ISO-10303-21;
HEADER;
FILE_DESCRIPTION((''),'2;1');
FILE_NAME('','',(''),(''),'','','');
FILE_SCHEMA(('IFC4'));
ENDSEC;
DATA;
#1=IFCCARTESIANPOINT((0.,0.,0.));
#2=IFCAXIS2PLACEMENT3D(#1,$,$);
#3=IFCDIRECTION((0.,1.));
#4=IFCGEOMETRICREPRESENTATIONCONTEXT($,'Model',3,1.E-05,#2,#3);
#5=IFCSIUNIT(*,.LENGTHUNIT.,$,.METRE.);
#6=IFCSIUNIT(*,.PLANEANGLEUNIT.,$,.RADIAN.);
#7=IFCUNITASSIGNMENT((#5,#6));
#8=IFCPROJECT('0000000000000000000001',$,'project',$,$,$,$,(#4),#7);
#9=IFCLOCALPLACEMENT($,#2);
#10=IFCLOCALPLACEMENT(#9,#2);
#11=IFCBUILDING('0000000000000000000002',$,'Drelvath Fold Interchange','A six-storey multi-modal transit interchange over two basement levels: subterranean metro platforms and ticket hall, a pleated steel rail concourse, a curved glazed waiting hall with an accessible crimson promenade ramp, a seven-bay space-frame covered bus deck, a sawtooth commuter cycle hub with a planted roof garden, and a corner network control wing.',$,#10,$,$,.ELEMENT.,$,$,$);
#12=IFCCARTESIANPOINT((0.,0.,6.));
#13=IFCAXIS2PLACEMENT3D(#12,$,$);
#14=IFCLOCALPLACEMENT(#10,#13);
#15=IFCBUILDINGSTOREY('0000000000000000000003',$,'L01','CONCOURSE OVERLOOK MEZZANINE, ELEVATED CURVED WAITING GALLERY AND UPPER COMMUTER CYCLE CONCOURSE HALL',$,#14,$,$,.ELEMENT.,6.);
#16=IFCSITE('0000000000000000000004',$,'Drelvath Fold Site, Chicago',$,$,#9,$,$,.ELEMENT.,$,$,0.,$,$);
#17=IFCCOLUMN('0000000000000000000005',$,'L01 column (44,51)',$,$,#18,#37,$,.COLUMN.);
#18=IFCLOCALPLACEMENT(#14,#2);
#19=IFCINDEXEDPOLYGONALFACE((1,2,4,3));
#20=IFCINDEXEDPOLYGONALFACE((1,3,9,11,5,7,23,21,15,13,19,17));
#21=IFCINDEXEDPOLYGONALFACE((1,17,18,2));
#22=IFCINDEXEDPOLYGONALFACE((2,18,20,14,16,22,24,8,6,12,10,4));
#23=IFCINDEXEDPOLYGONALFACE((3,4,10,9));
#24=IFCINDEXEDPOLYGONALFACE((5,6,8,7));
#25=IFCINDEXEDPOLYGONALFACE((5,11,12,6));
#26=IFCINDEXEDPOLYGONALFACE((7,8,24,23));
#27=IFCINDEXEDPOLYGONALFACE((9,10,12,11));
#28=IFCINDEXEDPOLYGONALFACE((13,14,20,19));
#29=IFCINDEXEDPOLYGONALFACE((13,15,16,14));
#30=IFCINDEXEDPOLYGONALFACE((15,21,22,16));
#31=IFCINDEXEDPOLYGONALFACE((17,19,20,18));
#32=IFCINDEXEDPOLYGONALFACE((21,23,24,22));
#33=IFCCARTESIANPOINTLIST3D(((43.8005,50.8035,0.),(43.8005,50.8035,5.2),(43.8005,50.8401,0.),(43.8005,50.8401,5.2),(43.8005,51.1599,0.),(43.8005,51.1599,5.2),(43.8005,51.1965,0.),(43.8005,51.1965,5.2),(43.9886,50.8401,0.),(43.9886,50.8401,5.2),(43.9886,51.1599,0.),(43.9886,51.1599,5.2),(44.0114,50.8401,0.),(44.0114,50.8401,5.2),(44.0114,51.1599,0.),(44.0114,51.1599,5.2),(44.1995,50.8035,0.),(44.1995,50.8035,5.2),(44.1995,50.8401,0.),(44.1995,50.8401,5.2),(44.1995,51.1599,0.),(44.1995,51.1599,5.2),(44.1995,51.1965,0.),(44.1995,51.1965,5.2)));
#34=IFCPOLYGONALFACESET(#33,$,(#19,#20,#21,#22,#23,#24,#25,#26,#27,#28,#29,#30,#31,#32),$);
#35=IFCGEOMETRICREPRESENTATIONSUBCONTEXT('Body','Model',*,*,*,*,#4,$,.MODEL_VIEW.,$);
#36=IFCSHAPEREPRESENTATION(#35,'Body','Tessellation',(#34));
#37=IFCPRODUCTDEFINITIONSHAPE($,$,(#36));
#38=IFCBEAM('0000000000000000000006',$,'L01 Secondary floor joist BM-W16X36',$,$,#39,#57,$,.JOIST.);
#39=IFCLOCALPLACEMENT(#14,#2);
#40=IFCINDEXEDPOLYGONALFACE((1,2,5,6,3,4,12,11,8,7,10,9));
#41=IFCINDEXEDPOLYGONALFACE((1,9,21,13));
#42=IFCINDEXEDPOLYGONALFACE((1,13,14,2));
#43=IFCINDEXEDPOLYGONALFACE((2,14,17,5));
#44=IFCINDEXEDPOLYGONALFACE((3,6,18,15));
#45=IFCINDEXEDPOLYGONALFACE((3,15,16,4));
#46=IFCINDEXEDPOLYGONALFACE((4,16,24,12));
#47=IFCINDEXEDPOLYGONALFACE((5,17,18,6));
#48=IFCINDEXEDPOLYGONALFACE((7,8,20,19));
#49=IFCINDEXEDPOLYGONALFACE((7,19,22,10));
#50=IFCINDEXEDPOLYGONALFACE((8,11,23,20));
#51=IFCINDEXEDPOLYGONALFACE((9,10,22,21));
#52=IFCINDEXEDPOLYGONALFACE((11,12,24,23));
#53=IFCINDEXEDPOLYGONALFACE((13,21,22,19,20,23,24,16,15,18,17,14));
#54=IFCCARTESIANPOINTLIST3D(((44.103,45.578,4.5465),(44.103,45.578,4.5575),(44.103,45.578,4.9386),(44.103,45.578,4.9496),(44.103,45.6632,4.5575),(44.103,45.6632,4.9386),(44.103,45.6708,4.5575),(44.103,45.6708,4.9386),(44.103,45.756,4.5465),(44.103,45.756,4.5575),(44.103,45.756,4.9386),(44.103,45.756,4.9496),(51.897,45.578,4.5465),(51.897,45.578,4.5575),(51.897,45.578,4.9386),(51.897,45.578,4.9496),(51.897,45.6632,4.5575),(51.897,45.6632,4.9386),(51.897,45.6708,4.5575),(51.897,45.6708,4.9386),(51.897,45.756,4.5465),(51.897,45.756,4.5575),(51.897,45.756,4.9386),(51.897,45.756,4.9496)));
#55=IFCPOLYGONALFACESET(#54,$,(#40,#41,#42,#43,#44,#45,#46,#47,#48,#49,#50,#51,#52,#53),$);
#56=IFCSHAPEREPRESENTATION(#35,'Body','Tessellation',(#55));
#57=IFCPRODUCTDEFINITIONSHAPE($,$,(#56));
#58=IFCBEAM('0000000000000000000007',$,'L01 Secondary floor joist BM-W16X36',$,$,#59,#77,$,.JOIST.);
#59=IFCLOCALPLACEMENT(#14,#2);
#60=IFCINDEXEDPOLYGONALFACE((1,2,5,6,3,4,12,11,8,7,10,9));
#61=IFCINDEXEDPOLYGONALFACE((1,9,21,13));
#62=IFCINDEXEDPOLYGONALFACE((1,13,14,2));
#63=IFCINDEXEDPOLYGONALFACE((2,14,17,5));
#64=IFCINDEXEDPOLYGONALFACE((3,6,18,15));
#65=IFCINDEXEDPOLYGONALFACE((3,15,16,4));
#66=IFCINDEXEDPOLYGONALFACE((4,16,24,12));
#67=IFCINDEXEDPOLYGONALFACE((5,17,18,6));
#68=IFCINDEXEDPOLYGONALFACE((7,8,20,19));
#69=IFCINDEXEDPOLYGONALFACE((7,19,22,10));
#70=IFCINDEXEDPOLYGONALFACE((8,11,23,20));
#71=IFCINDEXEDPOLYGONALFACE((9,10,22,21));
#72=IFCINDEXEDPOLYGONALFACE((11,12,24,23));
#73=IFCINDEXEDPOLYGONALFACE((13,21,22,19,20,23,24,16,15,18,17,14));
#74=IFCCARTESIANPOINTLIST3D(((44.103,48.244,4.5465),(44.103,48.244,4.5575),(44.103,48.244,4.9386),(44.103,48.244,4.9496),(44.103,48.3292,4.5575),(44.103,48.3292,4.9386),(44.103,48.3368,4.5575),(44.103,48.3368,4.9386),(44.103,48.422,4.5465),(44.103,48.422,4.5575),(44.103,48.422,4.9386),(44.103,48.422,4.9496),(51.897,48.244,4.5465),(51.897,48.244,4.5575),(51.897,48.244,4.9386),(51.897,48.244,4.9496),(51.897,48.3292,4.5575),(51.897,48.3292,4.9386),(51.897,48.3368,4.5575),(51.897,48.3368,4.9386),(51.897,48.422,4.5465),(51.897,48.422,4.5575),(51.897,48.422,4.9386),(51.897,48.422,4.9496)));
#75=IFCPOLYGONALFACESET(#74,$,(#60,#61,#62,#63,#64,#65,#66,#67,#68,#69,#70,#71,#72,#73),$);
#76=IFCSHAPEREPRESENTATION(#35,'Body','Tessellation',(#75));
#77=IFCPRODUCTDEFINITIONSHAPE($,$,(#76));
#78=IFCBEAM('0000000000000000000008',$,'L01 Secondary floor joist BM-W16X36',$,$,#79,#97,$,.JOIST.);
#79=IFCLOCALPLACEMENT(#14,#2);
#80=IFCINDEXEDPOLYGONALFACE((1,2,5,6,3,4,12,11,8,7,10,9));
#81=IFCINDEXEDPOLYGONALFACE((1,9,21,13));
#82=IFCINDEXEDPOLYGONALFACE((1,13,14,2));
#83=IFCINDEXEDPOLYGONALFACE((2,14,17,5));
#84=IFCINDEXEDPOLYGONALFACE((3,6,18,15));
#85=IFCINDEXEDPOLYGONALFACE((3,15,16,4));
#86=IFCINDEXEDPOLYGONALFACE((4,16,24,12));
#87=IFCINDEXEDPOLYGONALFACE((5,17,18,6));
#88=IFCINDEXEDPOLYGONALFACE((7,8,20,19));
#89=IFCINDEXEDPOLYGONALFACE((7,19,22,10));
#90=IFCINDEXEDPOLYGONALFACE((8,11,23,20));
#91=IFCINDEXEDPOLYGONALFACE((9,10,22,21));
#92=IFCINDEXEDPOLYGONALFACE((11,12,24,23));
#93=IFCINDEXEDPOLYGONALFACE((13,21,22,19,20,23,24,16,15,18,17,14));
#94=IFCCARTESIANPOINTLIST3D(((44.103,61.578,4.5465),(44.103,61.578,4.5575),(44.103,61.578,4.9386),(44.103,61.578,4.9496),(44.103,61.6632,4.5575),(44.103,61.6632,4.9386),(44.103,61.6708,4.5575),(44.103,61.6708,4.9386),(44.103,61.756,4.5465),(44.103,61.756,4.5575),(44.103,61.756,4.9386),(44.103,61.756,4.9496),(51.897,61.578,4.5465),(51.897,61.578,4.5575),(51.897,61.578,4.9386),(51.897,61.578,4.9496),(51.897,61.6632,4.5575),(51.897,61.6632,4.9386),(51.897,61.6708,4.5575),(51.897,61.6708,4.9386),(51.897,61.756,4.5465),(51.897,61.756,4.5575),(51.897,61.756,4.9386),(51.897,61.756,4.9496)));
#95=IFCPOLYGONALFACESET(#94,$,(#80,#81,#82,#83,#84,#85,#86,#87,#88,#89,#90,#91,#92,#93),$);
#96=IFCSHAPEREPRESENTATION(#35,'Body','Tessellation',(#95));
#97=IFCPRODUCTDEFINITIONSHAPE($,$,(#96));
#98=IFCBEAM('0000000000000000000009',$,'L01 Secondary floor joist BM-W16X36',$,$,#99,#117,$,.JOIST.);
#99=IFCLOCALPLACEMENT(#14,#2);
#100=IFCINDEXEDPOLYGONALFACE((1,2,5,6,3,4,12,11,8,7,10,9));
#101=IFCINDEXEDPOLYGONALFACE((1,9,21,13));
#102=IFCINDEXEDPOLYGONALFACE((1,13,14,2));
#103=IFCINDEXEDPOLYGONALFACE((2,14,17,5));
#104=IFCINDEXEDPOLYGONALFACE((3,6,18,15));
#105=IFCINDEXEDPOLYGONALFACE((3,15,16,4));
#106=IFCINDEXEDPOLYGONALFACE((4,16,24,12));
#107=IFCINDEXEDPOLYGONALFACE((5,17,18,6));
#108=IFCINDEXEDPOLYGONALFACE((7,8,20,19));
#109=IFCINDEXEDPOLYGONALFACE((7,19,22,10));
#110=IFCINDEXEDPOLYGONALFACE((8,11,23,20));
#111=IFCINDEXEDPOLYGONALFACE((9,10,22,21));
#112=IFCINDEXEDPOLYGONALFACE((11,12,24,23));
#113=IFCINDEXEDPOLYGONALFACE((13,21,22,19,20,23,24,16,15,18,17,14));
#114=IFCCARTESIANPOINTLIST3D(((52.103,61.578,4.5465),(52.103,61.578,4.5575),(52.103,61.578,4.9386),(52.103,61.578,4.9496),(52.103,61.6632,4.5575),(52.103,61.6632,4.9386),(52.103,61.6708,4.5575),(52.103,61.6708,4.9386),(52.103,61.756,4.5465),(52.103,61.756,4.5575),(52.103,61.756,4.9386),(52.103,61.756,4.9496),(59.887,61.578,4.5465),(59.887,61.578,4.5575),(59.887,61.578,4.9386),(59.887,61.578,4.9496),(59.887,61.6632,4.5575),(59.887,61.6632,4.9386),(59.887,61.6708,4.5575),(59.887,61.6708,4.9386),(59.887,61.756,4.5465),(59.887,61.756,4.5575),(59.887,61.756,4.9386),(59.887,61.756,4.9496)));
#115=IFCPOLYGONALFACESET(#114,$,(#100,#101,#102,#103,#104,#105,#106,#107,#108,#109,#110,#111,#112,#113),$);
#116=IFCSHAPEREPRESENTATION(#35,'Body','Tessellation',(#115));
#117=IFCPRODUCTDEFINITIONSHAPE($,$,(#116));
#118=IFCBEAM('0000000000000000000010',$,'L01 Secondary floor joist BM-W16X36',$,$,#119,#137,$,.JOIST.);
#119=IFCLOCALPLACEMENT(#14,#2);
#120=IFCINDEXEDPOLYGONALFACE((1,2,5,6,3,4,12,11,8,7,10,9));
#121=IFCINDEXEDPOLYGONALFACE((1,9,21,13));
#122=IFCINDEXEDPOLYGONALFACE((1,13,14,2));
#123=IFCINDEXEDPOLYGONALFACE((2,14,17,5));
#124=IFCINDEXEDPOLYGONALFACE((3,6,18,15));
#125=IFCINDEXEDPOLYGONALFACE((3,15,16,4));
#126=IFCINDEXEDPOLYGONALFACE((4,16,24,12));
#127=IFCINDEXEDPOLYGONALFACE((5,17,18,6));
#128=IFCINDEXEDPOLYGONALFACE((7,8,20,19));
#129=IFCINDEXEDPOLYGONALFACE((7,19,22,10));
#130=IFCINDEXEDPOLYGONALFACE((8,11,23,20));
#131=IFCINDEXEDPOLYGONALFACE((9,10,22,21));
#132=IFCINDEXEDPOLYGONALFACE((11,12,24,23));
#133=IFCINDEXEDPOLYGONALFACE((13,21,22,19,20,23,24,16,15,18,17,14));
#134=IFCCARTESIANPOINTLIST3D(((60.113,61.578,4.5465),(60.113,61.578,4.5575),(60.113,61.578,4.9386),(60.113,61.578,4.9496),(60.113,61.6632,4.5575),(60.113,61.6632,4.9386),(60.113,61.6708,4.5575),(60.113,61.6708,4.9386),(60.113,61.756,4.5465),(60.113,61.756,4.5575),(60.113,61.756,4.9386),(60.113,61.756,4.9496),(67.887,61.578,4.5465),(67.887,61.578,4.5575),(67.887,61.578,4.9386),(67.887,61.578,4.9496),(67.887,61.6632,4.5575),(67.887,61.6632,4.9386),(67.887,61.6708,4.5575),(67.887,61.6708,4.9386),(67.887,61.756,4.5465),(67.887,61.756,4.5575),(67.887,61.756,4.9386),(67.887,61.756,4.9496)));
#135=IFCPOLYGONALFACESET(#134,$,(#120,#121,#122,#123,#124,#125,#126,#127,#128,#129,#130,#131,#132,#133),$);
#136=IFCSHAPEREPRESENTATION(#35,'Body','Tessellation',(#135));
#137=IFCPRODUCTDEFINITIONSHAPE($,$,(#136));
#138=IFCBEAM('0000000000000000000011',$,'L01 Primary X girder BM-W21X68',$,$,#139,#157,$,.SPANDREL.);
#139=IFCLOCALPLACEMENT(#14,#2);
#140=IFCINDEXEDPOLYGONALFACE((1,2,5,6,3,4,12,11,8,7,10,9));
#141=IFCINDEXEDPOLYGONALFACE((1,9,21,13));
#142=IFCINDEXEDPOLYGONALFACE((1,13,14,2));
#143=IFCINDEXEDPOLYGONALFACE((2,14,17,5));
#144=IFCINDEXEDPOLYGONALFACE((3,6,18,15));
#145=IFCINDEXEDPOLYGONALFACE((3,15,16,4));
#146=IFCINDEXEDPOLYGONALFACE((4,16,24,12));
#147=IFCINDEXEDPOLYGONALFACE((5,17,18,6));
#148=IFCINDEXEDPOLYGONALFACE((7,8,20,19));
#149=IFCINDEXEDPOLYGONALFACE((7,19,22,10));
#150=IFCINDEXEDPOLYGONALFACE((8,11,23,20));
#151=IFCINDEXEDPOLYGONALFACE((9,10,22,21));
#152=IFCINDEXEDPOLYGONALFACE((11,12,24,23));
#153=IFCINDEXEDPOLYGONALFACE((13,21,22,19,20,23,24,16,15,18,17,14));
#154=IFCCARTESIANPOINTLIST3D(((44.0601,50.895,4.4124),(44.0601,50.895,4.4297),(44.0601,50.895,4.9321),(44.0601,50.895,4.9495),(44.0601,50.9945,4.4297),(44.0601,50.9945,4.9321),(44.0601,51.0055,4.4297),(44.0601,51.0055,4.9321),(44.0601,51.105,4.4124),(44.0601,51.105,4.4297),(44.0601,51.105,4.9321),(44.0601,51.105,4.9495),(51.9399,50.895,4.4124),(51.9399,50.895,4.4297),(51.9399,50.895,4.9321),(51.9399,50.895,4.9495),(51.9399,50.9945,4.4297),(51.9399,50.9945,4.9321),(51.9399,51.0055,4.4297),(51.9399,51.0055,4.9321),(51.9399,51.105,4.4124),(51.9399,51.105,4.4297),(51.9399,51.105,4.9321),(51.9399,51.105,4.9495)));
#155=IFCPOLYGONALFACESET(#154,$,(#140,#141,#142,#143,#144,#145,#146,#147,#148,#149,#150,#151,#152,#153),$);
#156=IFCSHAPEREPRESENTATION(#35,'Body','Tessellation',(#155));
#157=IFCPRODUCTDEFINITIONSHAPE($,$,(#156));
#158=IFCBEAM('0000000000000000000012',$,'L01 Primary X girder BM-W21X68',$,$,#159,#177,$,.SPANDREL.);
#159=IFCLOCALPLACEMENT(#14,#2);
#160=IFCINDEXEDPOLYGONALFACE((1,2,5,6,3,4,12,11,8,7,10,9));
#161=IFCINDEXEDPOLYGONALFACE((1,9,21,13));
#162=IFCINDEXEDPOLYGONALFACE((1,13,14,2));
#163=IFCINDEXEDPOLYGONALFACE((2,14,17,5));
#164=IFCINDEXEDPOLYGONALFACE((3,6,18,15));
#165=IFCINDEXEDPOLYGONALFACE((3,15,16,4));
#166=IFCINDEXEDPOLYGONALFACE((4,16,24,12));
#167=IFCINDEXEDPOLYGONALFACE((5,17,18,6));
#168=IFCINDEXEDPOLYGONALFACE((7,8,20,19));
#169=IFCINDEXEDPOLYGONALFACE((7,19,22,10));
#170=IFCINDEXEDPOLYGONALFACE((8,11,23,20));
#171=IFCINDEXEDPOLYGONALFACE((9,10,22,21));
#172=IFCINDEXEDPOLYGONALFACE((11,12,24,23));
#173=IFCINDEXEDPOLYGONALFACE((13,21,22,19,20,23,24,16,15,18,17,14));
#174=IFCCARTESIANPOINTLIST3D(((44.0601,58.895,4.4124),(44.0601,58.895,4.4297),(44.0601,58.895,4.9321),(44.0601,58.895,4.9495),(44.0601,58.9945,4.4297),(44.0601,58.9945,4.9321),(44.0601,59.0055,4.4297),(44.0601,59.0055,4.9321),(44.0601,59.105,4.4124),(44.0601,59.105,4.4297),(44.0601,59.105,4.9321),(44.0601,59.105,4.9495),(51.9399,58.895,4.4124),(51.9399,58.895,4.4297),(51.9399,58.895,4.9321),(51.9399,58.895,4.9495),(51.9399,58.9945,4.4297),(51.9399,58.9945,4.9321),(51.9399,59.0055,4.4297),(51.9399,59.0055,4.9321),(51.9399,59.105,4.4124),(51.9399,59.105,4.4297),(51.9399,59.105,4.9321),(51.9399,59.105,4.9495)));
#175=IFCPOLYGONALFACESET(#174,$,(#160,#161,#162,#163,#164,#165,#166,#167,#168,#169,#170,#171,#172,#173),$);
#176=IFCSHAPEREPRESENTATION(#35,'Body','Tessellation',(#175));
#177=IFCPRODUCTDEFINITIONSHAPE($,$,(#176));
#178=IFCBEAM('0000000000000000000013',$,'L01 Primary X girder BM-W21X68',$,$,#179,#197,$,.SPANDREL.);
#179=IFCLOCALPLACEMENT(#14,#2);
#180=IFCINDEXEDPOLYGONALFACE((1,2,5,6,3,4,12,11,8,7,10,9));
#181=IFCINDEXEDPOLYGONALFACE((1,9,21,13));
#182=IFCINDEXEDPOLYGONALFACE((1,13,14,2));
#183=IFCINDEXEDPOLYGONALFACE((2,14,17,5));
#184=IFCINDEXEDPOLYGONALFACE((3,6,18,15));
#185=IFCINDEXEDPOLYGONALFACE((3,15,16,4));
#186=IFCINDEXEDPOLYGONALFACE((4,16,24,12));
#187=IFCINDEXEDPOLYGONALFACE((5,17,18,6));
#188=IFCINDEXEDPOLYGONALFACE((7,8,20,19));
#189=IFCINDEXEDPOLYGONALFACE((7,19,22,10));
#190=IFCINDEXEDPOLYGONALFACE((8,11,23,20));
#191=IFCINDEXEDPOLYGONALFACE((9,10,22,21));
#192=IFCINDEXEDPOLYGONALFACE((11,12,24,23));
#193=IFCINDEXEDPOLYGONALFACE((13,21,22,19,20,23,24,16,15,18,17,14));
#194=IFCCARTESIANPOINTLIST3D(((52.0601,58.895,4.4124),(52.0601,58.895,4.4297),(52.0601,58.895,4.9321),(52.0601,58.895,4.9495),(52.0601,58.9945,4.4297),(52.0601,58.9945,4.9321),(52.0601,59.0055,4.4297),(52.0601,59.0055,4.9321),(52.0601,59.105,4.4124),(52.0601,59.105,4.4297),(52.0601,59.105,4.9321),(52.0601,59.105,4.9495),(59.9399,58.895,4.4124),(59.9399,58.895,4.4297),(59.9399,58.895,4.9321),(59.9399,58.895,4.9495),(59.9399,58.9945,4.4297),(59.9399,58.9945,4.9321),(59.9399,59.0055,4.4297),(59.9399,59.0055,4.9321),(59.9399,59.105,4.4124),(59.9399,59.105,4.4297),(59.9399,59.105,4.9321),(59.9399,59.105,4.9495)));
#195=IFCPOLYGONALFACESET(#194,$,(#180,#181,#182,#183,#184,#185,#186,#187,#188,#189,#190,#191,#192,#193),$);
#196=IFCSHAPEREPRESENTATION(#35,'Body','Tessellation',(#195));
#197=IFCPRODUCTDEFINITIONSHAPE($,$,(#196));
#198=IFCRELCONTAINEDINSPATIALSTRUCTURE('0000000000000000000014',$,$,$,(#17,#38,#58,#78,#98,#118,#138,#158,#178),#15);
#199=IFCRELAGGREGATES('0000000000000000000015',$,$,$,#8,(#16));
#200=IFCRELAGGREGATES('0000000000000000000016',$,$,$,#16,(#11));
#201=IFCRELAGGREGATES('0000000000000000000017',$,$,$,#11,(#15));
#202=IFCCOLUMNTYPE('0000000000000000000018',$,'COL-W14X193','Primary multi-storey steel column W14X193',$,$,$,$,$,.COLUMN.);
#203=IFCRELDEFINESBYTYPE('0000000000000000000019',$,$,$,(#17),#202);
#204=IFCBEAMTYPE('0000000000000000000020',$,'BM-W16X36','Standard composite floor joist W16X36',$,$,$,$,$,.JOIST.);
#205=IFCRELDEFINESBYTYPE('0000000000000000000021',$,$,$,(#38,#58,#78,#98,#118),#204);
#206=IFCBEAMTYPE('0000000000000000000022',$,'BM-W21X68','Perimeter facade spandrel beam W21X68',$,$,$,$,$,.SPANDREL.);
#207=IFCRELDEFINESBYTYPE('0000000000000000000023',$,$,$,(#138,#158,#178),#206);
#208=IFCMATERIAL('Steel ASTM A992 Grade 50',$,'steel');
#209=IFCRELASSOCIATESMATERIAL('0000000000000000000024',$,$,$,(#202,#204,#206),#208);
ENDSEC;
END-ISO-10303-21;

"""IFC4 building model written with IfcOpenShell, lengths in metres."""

from ifc_helpers import new_model, si_unit, direction, frame, origin, origin_2d, place, context, subcontext, project, spatial, i_section, extrude, material, material_profile, profile_set, type_object, element, save


model = new_model("IFC4")

# Units and contexts
model_context = context("Model", 3, precision=1e-05, world=origin(), true_north=direction((0.0, 1.0)))
body_context = subcontext(model_context, "Body", "Model", "MODEL_VIEW")
ifc_project = project(units=[si_unit("LENGTHUNIT", "METRE"), si_unit("PLANEANGLEUNIT", "RADIAN")], contexts=[model_context])

# Site, building, storey
site_placement = place(None, origin())
site = spatial("IfcSite", under=ifc_project, at=site_placement, Name="Drelvath Fold Site, Chicago", CompositionType="ELEMENT", RefElevation=0.0)
building_placement = place(site_placement, origin())
building = spatial("IfcBuilding", under=site, at=building_placement, Name="Drelvath Fold Interchange", Description="A six-storey multi-modal transit interchange over two basement levels: subterranean metro platforms and ticket hall, a pleated steel rail concourse, a curved glazed waiting hall with an accessible crimson promenade ramp, a seven-bay space-frame covered bus deck, a sawtooth commuter cycle hub with a planted roof garden, and a corner network control wing.", CompositionType="ELEMENT")
storey_placement = place(building_placement, frame((0.0, 0.0, 6.0)))
storey = spatial("IfcBuildingStorey", under=building, at=storey_placement, Name="L01", Description="CONCOURSE OVERLOOK MEZZANINE, ELEVATED CURVED WAITING GALLERY AND UPPER COMMUTER CYCLE CONCOURSE HALL", CompositionType="ELEMENT", Elevation=6.0)

# Column
ifc_material_1 = material(Name="Steel ASTM A992 Grade 50", Category="steel")
ifc_material_profile_1 = material_profile(ifc_material_1, i_section(OverallWidth=0.3989, OverallDepth=0.3931, WebThickness=0.0227, FlangeThickness=0.0366, at=origin_2d()), Name="W14X193")
ifc_profile_set_1 = profile_set([ifc_material_profile_1], Name="Steel ASTM A992 Grade 50")
column_type_1 = type_object("IfcColumnType", Name="COL-W14X193", Description="Primary multi-storey steel column W14X193", PredefinedType="COLUMN", material=ifc_profile_set_1)
for number, where, z_axis, x_axis, name in (
    (1, (44.0, 51.0, 0.0), (0.0, 0.0, 1.0), (1.0, 0.0, 0.0), "L01 column (44,51)"),
):
    element("IfcColumn", number, at=place(storey_placement, frame(where, z_axis=z_axis, x_axis=x_axis)), inside=storey, type_object=column_type_1, Name=name, PredefinedType="COLUMN", context=body_context, shape_type="SweptSolid", body=[
        extrude(i_section(OverallWidth=0.3989, OverallDepth=0.3931, WebThickness=0.0227, FlangeThickness=0.0366, at=origin_2d()), origin(), (0.0, 0.0, 1.0), 5.2),
    ])

# Beams
ifc_material_profile_2 = material_profile(ifc_material_1, i_section(OverallWidth=0.178, OverallDepth=0.4031, WebThickness=0.0076, FlangeThickness=0.011, at=origin_2d()), Name="W16X36")
ifc_profile_set_2 = profile_set([ifc_material_profile_2], Name="Steel ASTM A992 Grade 50")
beam_type_1 = type_object("IfcBeamType", Name="BM-W16X36", Description="Standard composite floor joist W16X36", PredefinedType="JOIST", material=ifc_profile_set_2)
for number, where, z_axis, x_axis, name in (
    (2, (44.103, 45.667, 4.748), (1.0, 0.0, 0.0), (0.0, 1.0, 0.0), "L01 Secondary floor joist BM-W16X36"),
    (3, (44.103, 48.333, 4.748), (1.0, 0.0, 0.0), (0.0, 1.0, 0.0), "L01 Secondary floor joist BM-W16X36"),
    (4, (44.103, 61.667, 4.748), (1.0, 0.0, 0.0), (0.0, 1.0, 0.0), "L01 Secondary floor joist BM-W16X36"),
):
    element("IfcBeam", number, at=place(storey_placement, frame(where, z_axis=z_axis, x_axis=x_axis)), inside=storey, type_object=beam_type_1, Name=name, PredefinedType="JOIST", context=body_context, shape_type="SweptSolid", body=[
        extrude(i_section(OverallWidth=0.178, OverallDepth=0.4031, WebThickness=0.0076, FlangeThickness=0.011, at=origin_2d()), origin(), (0.0, 0.0, 1.0), 7.7939),
    ])
beam_1_placement = place(storey_placement, frame((52.103, 61.667, 4.748), z_axis=(1.0, 0.0, 0.0), x_axis=(0.0, 1.0, 0.0)))
element("IfcBeam", 5, at=beam_1_placement, inside=storey, type_object=beam_type_1, Name="L01 Secondary floor joist BM-W16X36", PredefinedType="JOIST", context=body_context, shape_type="SweptSolid", body=[
    extrude(i_section(OverallWidth=0.178, OverallDepth=0.4031, WebThickness=0.0076, FlangeThickness=0.011, at=origin_2d()), origin(), (0.0, 0.0, 1.0), 7.7839),
])
beam_2_placement = place(storey_placement, frame((60.113, 61.667, 4.748), z_axis=(1.0, 0.0, 0.0), x_axis=(0.0, 1.0, 0.0)))
element("IfcBeam", 6, at=beam_2_placement, inside=storey, type_object=beam_type_1, Name="L01 Secondary floor joist BM-W16X36", PredefinedType="JOIST", context=body_context, shape_type="SweptSolid", body=[
    extrude(i_section(OverallWidth=0.178, OverallDepth=0.4031, WebThickness=0.0076, FlangeThickness=0.011, at=origin_2d()), origin(), (0.0, 0.0, 1.0), 7.7739),
])
ifc_material_profile_3 = material_profile(ifc_material_1, i_section(OverallWidth=0.21, OverallDepth=0.5371, WebThickness=0.011, FlangeThickness=0.0173, at=origin_2d()), Name="W21X68")
ifc_profile_set_3 = profile_set([ifc_material_profile_3], Name="Steel ASTM A992 Grade 50")
beam_type_2 = type_object("IfcBeamType", Name="BM-W21X68", Description="Perimeter facade spandrel beam W21X68", PredefinedType="SPANDREL", material=ifc_profile_set_3)
for number, where, z_axis, x_axis, name in (
    (7, (44.0601, 51.0, 4.6809), (1.0, 0.0, 0.0), (0.0, 1.0, 0.0), "L01 Primary X girder BM-W21X68"),
    (8, (44.0601, 59.0, 4.6809), (1.0, 0.0, 0.0), (0.0, 1.0, 0.0), "L01 Primary X girder BM-W21X68"),
    (9, (52.0601, 59.0, 4.6809), (1.0, 0.0, 0.0), (0.0, 1.0, 0.0), "L01 Primary X girder BM-W21X68"),
):
    element("IfcBeam", number, at=place(storey_placement, frame(where, z_axis=z_axis, x_axis=x_axis)), inside=storey, type_object=beam_type_2, Name=name, PredefinedType="SPANDREL", context=body_context, shape_type="SweptSolid", body=[
        extrude(i_section(OverallWidth=0.21, OverallDepth=0.5371, WebThickness=0.011, FlangeThickness=0.0173, at=origin_2d()), origin(), (0.0, 0.0, 1.0), 7.8799),
    ])

save(model, "model.ifc")
